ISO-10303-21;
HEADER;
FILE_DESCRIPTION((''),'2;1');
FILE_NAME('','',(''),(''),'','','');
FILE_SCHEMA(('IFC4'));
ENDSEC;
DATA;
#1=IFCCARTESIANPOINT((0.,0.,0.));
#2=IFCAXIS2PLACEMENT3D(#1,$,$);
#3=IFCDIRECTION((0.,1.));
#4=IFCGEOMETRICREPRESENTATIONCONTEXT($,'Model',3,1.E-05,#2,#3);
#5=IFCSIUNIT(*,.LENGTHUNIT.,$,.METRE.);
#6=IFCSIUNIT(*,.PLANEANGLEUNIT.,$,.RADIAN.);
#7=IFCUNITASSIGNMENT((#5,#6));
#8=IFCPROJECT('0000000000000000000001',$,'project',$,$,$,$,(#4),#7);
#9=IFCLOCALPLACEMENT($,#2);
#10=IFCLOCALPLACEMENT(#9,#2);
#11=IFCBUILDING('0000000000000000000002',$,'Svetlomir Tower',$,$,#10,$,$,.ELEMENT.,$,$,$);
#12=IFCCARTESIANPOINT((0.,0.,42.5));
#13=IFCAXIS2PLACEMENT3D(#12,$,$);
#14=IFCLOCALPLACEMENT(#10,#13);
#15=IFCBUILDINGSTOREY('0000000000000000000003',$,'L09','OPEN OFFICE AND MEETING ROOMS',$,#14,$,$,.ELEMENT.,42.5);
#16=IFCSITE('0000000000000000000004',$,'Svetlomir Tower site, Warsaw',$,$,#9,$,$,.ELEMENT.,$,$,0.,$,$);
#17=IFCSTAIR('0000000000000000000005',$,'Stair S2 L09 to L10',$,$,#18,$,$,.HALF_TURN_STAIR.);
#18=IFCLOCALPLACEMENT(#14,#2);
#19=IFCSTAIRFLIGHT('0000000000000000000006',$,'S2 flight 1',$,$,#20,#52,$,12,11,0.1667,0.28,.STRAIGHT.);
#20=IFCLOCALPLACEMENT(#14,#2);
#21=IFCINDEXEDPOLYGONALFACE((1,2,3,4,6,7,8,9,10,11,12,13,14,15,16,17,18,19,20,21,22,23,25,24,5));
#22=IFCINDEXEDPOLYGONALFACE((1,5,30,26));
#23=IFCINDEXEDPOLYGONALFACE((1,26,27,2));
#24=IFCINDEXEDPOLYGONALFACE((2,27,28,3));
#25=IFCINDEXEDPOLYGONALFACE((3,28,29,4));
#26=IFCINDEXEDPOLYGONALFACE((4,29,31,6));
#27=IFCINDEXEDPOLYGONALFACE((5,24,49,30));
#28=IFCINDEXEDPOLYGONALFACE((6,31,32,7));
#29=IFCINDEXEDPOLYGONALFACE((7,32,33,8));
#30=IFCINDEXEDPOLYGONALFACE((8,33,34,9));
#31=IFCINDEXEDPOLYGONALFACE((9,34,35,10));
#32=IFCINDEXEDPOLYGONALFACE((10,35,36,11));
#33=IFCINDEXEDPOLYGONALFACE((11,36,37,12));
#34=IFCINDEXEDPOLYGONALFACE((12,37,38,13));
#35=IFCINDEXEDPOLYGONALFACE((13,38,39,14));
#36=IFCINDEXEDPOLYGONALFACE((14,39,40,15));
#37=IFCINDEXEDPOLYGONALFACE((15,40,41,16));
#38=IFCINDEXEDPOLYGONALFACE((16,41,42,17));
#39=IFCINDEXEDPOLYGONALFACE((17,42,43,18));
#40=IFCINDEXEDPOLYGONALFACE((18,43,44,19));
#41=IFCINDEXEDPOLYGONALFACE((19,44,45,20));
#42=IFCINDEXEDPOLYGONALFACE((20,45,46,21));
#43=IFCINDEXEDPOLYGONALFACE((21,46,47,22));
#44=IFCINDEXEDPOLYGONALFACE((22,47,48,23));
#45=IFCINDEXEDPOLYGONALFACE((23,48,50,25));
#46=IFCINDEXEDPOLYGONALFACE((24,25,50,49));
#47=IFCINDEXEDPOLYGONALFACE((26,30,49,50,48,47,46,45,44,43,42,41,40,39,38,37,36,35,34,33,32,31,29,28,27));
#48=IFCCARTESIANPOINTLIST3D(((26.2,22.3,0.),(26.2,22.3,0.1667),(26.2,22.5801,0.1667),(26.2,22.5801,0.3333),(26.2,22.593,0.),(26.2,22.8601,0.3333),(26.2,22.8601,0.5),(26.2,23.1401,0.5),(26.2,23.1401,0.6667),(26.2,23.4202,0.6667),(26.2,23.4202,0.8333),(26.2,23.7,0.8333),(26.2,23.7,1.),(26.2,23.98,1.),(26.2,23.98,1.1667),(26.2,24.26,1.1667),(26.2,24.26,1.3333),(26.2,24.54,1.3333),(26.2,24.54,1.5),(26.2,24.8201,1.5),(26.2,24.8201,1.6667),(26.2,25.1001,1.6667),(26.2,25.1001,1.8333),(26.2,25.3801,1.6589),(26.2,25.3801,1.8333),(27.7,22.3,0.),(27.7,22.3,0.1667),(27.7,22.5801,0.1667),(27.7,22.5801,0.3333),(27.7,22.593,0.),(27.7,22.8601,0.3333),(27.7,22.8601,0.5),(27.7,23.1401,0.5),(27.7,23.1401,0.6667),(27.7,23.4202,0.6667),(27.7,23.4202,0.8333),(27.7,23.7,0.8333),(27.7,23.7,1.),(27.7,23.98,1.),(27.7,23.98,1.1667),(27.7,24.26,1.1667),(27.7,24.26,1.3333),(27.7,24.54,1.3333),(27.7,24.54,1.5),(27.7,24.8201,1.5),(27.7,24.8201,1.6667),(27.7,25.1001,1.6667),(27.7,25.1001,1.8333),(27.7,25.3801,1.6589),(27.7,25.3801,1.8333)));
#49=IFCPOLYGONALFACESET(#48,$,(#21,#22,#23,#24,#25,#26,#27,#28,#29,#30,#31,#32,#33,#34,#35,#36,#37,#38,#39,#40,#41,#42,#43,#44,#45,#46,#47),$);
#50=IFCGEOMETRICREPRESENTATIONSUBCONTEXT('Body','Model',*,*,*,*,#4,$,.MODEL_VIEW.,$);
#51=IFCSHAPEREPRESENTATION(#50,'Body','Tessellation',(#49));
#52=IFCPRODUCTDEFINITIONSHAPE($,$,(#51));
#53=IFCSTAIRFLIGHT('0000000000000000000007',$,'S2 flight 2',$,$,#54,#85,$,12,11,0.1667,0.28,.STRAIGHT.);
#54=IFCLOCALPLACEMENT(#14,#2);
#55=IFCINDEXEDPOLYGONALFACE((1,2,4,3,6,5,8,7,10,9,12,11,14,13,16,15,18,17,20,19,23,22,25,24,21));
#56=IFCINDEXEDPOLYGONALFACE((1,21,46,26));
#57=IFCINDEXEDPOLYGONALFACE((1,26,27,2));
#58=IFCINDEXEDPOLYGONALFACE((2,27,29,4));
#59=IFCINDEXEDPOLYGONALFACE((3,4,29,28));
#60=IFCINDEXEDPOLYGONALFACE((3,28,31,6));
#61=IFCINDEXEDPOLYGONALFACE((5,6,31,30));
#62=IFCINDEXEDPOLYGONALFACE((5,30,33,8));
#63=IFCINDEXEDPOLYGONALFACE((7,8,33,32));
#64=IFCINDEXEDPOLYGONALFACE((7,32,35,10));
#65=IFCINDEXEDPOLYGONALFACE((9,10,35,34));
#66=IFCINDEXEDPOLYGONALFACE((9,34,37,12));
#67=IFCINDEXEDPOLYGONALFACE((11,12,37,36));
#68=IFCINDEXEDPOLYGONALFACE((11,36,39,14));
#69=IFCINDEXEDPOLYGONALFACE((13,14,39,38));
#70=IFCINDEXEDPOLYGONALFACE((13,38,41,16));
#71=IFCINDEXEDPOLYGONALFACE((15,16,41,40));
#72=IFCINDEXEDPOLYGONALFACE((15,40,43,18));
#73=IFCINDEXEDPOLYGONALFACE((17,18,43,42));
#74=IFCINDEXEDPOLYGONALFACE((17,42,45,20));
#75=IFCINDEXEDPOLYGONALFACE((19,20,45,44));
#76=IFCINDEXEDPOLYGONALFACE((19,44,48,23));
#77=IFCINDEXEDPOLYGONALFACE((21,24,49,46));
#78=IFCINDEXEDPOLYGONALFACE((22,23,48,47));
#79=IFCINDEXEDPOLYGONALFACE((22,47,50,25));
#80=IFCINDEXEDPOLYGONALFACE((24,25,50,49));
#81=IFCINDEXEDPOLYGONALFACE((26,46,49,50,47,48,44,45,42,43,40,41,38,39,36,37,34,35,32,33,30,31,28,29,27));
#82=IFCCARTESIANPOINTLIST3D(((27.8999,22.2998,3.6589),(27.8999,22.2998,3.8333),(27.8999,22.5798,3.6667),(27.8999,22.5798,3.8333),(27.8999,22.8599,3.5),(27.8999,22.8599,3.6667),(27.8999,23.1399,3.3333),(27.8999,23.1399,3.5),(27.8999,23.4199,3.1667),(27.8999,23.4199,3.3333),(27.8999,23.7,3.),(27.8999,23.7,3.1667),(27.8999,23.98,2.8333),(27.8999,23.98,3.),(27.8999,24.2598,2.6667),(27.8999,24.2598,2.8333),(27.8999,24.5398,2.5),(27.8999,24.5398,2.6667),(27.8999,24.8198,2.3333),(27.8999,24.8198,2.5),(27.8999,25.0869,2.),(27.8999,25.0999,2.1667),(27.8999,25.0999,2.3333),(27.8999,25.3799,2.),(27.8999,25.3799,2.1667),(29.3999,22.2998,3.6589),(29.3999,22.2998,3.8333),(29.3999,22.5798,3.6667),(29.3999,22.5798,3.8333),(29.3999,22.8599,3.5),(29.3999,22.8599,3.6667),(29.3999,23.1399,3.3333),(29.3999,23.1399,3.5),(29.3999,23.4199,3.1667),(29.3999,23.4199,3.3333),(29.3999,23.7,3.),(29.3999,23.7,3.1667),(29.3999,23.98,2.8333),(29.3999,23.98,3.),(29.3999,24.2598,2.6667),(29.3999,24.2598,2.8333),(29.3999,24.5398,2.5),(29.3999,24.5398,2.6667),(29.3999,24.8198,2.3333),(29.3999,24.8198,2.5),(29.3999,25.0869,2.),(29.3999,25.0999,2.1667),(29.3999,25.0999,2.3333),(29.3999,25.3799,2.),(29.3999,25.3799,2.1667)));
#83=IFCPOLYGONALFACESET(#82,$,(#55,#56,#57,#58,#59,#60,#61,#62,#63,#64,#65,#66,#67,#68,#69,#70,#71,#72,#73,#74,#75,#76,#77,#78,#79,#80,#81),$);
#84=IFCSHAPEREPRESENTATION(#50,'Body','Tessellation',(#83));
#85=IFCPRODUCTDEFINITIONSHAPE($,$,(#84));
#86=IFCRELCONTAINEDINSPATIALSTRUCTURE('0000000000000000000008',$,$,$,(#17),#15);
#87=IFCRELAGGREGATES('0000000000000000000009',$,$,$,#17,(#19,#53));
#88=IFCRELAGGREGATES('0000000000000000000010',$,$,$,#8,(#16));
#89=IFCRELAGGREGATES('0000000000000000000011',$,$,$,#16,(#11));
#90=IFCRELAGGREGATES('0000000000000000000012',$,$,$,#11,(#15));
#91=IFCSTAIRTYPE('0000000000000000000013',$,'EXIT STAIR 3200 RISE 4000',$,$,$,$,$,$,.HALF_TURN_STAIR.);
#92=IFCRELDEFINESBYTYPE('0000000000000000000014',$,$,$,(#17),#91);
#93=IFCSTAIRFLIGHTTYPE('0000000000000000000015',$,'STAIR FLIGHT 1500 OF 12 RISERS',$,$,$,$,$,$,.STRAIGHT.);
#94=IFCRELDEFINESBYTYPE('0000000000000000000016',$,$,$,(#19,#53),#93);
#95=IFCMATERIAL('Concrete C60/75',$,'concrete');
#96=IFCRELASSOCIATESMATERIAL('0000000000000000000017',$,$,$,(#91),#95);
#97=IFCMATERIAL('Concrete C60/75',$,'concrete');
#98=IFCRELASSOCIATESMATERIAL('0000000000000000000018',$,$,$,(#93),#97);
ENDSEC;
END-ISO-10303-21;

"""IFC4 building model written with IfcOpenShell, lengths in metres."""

from ifc_helpers import new_model, si_unit, direction, frame, origin, place, context, subcontext, project, spatial, polyline, outline, extrude, material, type_object, element, aggregate, save


model = new_model("IFC4")

# Units and contexts
model_context = context("Model", 3, precision=1e-05, world=origin(), true_north=direction((0.0, 1.0)))
body_context = subcontext(model_context, "Body", "Model", "MODEL_VIEW")
ifc_project = project(units=[si_unit("LENGTHUNIT", "METRE"), si_unit("PLANEANGLEUNIT", "RADIAN")], contexts=[model_context])

# Site, building, storey
site_placement = place(None, origin())
site = spatial("IfcSite", under=ifc_project, at=site_placement, Name="Svetlomir Tower site, Warsaw", CompositionType="ELEMENT", RefElevation=0.0)
building_placement = place(site_placement, origin())
building = spatial("IfcBuilding", under=site, at=building_placement, Name="Svetlomir Tower", CompositionType="ELEMENT")
storey_placement = place(building_placement, frame((0.0, 0.0, 42.5)))
storey = spatial("IfcBuildingStorey", under=building, at=storey_placement, Name="L09", Description="OPEN OFFICE AND MEETING ROOMS", CompositionType="ELEMENT", Elevation=42.5)

# Stair, stair flights
ifc_material_1 = material(Name="Concrete C60/75", Category="concrete")
stair_type = type_object("IfcStairType", Name="EXIT STAIR 3200 RISE 4000", PredefinedType="HALF_TURN_STAIR", material=ifc_material_1)
stair_placement = place(storey_placement, origin())
stair = element("IfcStair", 1, at=stair_placement, inside=storey, type_object=stair_type, Name="Stair S2 L09 to L10", PredefinedType="HALF_TURN_STAIR")
ifc_material_2 = material(Name="Concrete C60/75", Category="concrete")
stair_flight_type = type_object("IfcStairFlightType", Name="STAIR FLIGHT 1500 OF 12 RISERS", PredefinedType="STRAIGHT", material=ifc_material_2)
stair_flight_1_placement = place(storey_placement, frame((26.95, 22.3, 0.0), z_axis=(0.0, 0.0, 1.0), x_axis=(0.0, 1.0, 0.0)))
stair_flight_1 = element("IfcStairFlight", 2, at=stair_flight_1_placement, type_object=stair_flight_type, Name="S2 flight 1", NumberOfRisers=12, NumberOfTreads=11, PredefinedType="STRAIGHT", RiserHeight=0.1667, TreadLength=0.28, context=body_context, shape_type="SweptSolid", body=[
    extrude(outline(polyline([(0.0, 0.0), (0.0, 0.1667), (0.28, 0.1667), (0.28, 0.3333), (0.5601, 0.3333), (0.5601, 0.5), (0.8401, 0.5), (0.8401, 0.6667), (1.1201, 0.6667), (1.1201, 0.8333), (1.3999, 0.8333), (1.3999, 1.0), (1.6799, 1.0), (1.6799, 1.1667), (1.96, 1.1667), (1.96, 1.3333), (2.24, 1.3333), (2.24, 1.5), (2.52, 1.5), (2.52, 1.6667), (2.8, 1.6667), (2.8, 1.8333), (3.0801, 1.8333), (3.0801, 2.0), (3.0801, 1.6589), (0.293, 0.0), (0.0, 0.0)])), frame((0.0, 0.75, 0.0), z_axis=(0.0, -1.0, 0.0), x_axis=(1.0, 0.0, 0.0)), (0.0, 0.0, 1.0), 1.5),
])
stair_flight_2_placement = place(storey_placement, frame((28.6499, 25.3799, 2.0), z_axis=(0.0, 0.0, 1.0), x_axis=(0.0, -1.0, 0.0)))
stair_flight_2 = element("IfcStairFlight", 3, at=stair_flight_2_placement, type_object=stair_flight_type, Name="S2 flight 2", NumberOfRisers=12, NumberOfTreads=11, PredefinedType="STRAIGHT", RiserHeight=0.1667, TreadLength=0.28, context=body_context, shape_type="SweptSolid", body=[
    extrude(outline(polyline([(0.0, 0.0), (0.0, 0.1667), (0.28, 0.1667), (0.28, 0.3333), (0.5601, 0.3333), (0.5601, 0.5), (0.8401, 0.5), (0.8401, 0.6667), (1.1201, 0.6667), (1.1201, 0.8333), (1.3999, 0.8333), (1.3999, 1.0), (1.6799, 1.0), (1.6799, 1.1667), (1.96, 1.1667), (1.96, 1.3333), (2.24, 1.3333), (2.24, 1.5), (2.52, 1.5), (2.52, 1.6667), (2.8, 1.6667), (2.8, 1.8333), (3.0801, 1.8333), (3.0801, 2.0), (3.0801, 1.6589), (0.293, 0.0), (0.0, 0.0)])), frame((0.0, 0.75, 0.0), z_axis=(0.0, -1.0, 0.0), x_axis=(1.0, 0.0, 0.0)), (0.0, 0.0, 1.0), 1.5),
])
aggregate(stair, [stair_flight_1, stair_flight_2])

save(model, "model.ifc")
